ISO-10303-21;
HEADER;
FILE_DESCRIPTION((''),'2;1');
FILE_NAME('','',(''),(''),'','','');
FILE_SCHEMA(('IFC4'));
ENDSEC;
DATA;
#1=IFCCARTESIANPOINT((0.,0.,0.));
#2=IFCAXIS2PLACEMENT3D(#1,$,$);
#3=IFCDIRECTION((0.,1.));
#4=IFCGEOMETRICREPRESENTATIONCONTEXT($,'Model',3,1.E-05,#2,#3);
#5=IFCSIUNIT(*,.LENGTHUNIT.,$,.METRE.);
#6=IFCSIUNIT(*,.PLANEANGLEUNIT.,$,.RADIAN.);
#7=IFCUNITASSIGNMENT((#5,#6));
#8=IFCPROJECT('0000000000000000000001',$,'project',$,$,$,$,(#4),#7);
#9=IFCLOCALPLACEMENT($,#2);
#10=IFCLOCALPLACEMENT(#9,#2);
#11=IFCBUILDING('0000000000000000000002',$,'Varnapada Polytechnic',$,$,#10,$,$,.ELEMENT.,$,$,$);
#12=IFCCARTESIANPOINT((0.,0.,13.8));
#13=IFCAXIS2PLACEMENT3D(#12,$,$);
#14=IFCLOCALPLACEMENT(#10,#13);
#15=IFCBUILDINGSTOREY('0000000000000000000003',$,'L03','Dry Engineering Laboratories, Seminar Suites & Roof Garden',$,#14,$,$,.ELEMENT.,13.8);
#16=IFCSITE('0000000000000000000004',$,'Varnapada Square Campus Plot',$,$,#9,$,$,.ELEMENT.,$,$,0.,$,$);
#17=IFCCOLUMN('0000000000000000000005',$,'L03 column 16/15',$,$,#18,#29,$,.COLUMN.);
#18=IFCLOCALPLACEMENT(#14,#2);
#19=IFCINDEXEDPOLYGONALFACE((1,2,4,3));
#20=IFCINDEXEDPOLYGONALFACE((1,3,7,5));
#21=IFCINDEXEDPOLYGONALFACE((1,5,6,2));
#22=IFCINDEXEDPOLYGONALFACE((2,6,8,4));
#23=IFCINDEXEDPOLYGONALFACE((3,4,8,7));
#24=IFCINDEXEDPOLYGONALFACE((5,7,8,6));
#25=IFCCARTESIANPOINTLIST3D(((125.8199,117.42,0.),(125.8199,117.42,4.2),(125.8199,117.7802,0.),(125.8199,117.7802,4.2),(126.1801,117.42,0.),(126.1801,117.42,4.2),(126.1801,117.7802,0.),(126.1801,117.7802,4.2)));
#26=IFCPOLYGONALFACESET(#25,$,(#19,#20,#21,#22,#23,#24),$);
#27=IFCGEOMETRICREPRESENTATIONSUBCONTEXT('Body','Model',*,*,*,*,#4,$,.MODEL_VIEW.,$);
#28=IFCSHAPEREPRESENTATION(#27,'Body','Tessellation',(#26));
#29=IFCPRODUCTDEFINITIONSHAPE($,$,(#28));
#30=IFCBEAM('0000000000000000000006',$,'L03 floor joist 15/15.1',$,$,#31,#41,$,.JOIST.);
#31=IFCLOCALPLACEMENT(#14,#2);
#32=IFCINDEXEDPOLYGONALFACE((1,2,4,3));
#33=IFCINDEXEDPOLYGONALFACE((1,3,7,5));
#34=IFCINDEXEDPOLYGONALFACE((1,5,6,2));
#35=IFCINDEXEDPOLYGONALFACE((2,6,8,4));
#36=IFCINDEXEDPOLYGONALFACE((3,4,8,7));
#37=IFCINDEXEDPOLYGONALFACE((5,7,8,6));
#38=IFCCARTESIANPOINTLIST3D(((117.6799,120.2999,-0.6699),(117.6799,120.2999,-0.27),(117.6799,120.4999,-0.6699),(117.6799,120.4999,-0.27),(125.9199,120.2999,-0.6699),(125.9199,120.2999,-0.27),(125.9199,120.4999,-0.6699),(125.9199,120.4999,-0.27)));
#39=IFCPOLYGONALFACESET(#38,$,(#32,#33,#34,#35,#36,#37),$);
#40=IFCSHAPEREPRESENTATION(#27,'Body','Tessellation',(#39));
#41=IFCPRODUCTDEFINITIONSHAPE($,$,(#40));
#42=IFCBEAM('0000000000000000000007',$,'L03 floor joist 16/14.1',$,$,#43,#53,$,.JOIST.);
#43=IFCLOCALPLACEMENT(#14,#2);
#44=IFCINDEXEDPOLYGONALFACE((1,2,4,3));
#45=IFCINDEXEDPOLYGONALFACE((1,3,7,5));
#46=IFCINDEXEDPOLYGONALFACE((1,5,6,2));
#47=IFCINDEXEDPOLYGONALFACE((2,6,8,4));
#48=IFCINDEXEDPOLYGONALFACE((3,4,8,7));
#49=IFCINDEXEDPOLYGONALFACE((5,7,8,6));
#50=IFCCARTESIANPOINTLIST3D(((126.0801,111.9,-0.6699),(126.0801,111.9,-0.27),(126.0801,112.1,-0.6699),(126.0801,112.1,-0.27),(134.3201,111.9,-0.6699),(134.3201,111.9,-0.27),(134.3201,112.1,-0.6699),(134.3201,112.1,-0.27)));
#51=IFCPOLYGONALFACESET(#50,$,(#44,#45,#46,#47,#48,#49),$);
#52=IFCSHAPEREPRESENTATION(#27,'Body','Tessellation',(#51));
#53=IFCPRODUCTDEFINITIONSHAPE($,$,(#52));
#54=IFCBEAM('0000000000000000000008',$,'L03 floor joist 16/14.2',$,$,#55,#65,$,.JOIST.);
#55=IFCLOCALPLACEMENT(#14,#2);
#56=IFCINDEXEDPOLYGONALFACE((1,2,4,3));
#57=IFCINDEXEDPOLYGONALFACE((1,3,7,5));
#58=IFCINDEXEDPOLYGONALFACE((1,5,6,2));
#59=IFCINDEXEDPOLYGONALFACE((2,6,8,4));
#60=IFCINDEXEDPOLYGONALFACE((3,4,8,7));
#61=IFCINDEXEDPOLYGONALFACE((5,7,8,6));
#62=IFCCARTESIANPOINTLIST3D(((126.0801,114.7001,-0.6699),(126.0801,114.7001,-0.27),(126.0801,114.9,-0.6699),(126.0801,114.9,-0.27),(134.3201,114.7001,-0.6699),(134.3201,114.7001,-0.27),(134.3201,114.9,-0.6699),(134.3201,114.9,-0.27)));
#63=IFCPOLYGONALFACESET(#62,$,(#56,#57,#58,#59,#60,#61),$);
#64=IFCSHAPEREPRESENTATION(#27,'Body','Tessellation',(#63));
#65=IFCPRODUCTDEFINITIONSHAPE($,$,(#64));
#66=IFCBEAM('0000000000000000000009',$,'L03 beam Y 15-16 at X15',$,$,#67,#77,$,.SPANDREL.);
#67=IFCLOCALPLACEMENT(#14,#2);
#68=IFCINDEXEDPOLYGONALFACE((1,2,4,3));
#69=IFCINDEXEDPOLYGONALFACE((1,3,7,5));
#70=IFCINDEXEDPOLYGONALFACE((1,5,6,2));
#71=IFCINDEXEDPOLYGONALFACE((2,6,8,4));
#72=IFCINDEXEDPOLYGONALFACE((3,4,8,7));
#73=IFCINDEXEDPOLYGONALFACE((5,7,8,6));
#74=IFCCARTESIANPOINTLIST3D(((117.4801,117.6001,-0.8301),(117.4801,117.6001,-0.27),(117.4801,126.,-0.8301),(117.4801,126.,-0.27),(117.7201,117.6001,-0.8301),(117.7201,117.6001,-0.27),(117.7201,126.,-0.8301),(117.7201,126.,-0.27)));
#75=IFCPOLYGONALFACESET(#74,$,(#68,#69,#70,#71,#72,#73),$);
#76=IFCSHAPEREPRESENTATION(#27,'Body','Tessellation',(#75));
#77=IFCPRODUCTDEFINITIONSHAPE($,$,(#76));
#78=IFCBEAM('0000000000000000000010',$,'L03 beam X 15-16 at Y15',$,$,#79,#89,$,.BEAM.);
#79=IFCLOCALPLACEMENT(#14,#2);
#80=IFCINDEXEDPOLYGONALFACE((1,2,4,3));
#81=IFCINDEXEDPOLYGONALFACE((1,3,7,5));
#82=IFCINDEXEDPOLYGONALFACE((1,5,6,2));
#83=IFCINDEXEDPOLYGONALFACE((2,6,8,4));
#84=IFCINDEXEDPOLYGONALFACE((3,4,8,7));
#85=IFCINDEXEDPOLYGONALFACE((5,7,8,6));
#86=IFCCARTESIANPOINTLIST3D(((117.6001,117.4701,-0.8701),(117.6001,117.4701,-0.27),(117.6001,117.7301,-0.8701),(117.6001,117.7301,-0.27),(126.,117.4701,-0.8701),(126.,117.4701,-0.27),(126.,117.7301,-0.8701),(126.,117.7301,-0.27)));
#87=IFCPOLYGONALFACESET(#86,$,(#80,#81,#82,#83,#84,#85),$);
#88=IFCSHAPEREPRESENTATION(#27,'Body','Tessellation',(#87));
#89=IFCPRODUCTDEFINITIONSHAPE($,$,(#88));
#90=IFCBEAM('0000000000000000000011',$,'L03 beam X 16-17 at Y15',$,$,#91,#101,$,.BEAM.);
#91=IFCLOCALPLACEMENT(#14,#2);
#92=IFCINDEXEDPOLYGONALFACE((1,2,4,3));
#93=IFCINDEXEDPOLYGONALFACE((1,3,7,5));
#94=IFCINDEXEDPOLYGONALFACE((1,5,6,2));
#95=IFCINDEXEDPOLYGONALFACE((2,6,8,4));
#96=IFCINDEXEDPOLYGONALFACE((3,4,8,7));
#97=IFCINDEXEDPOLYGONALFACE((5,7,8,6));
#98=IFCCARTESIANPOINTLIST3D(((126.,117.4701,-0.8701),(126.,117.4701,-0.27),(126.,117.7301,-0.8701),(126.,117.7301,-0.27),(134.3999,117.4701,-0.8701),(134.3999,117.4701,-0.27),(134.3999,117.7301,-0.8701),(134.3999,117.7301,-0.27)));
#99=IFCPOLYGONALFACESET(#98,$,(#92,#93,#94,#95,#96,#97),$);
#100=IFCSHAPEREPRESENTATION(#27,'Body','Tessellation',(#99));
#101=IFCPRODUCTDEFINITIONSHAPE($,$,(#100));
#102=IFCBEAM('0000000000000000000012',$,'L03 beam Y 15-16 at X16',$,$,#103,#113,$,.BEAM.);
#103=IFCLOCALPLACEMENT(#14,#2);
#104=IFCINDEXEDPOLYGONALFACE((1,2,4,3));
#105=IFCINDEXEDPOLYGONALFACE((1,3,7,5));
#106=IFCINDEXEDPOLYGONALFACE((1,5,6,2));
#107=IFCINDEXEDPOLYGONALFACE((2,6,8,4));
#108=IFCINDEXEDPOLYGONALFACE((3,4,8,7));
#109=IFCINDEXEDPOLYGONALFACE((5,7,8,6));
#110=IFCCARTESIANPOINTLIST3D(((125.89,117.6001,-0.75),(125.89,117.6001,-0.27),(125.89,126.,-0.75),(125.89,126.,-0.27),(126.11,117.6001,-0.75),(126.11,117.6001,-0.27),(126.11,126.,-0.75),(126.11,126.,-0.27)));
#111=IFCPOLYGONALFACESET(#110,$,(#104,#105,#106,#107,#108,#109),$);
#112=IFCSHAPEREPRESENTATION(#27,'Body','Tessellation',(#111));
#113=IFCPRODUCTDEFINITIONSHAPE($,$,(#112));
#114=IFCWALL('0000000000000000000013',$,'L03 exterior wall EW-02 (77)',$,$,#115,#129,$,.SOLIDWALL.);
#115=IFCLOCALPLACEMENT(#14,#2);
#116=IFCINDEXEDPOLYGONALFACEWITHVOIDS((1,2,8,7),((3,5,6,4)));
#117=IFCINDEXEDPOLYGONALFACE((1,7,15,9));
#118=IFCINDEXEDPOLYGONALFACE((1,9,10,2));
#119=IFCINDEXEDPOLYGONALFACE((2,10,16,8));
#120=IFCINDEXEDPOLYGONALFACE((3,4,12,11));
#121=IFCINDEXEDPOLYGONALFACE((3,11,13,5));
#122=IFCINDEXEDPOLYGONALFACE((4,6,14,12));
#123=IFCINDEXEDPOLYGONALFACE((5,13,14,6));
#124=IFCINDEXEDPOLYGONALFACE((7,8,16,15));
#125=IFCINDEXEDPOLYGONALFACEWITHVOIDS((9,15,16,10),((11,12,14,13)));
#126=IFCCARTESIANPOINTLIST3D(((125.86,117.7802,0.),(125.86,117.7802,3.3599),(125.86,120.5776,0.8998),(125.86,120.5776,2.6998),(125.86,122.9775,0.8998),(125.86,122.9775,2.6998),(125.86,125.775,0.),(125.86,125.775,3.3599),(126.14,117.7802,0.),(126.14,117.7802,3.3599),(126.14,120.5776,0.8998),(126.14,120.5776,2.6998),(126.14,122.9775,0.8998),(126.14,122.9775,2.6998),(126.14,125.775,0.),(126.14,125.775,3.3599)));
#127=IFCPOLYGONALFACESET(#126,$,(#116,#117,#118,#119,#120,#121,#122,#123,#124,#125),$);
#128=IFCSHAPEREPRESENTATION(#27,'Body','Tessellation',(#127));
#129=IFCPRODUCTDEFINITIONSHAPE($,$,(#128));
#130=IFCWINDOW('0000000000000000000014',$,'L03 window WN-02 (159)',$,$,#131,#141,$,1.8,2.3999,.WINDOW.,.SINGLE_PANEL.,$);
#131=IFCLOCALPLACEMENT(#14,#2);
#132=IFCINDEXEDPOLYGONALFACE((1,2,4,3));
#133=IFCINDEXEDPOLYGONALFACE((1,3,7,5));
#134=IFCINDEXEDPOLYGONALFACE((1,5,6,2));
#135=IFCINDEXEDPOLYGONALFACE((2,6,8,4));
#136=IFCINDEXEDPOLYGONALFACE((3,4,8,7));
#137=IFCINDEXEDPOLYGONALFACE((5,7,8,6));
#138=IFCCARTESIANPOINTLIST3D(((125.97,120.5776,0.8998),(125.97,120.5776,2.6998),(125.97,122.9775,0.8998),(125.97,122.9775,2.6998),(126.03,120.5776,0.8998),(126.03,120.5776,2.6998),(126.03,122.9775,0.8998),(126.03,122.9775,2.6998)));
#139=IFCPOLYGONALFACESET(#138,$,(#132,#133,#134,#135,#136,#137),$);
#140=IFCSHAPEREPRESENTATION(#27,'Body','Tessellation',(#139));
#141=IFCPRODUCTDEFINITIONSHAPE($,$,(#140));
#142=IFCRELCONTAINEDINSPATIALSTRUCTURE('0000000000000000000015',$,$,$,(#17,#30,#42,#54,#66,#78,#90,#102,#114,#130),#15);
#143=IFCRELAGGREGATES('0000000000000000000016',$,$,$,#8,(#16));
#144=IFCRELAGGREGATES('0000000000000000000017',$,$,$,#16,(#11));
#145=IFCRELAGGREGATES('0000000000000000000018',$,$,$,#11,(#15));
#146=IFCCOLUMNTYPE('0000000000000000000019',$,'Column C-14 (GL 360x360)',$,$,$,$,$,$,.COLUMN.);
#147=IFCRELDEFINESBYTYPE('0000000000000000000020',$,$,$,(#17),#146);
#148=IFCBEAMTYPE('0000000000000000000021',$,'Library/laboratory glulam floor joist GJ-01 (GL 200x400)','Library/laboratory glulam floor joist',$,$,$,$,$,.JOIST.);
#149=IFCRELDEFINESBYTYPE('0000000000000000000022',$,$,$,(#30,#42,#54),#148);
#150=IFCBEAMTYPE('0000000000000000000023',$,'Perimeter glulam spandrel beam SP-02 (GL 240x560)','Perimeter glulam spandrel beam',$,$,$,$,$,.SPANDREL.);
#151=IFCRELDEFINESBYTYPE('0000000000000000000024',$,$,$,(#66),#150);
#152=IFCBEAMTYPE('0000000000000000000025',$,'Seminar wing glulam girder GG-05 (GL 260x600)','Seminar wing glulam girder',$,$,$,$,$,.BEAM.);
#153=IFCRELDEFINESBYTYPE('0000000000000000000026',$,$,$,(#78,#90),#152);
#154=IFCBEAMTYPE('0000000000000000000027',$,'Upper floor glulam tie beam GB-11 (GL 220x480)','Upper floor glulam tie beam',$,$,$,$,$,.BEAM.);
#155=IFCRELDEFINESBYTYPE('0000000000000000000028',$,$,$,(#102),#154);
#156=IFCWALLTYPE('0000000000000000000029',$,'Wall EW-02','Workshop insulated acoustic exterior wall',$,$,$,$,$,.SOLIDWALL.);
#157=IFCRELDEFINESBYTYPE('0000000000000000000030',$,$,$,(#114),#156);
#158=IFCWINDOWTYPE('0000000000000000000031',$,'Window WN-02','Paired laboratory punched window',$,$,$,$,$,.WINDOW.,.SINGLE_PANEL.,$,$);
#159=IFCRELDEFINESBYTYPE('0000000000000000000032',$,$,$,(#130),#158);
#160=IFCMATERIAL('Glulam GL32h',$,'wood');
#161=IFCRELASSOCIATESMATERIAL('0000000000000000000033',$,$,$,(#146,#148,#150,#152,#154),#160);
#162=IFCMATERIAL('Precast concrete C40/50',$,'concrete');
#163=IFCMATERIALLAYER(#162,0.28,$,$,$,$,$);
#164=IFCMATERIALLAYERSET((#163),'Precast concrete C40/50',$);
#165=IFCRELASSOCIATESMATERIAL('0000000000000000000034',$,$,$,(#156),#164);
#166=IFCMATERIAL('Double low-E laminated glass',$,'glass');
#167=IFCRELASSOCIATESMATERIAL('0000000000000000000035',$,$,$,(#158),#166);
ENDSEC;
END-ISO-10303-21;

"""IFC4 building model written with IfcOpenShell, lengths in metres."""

from ifc_helpers import new_model, si_unit, direction, frame, frame_2d, origin, origin_2d, place, context, subcontext, project, spatial, rectangle, extrude, material, layer, layer_set, material_profile, profile_set, type_object, element, fill, save


model = new_model("IFC4")

# Units and contexts
model_context = context("Model", 3, precision=1e-05, world=origin(), true_north=direction((0.0, 1.0)))
body_context = subcontext(model_context, "Body", "Model", "MODEL_VIEW")
ifc_project = project(units=[si_unit("LENGTHUNIT", "METRE"), si_unit("PLANEANGLEUNIT", "RADIAN")], contexts=[model_context])

# Site, building, storey
site_placement = place(None, origin())
site = spatial("IfcSite", under=ifc_project, at=site_placement, Name="Varnapada Square Campus Plot", CompositionType="ELEMENT", RefElevation=0.0)
building_placement = place(site_placement, origin())
building = spatial("IfcBuilding", under=site, at=building_placement, Name="Varnapada Polytechnic", CompositionType="ELEMENT")
storey_placement = place(building_placement, frame((0.0, 0.0, 13.8)))
storey = spatial("IfcBuildingStorey", under=building, at=storey_placement, Name="L03", Description="Dry Engineering Laboratories, Seminar Suites & Roof Garden", CompositionType="ELEMENT", Elevation=13.8)

# Column
ifc_material_1 = material(Name="Glulam GL32h", Category="wood")
ifc_material_profile_1 = material_profile(ifc_material_1, rectangle(XDim=0.3601, YDim=0.3601, at=origin_2d()), Name="GL 360x360")
ifc_profile_set_1 = profile_set([ifc_material_profile_1], Name="Glulam GL32h")
column_type = type_object("IfcColumnType", Name="Column C-14 (GL 360x360)", PredefinedType="COLUMN", material=ifc_profile_set_1)
column_placement = place(storey_placement, frame((126.0, 117.6001, 0.0), z_axis=(0.0, 0.0, 1.0), x_axis=(1.0, 0.0, 0.0)))
element("IfcColumn", 1, at=column_placement, inside=storey, type_object=column_type, Name="L03 column 16/15", PredefinedType="COLUMN", context=body_context, shape_type="SweptSolid", body=[
    extrude(rectangle(XDim=0.3601, YDim=0.3601, at=origin_2d()), origin(), (0.0, 0.0, 1.0), 4.2),
])

# Beams
ifc_material_profile_2 = material_profile(ifc_material_1, rectangle(XDim=0.2, YDim=0.3999, at=origin_2d()), Name="GL 200x400")
ifc_profile_set_2 = profile_set([ifc_material_profile_2], Name="Glulam GL32h")
beam_type_1 = type_object("IfcBeamType", Name="Library/laboratory glulam floor joist GJ-01 (GL 200x400)", Description="Library/laboratory glulam floor joist", PredefinedType="JOIST", material=ifc_profile_set_2)
for number, where, z_axis, x_axis, name in (
    (2, (117.6799, 120.3999, -0.47), (1.0, 0.0, 0.0), (0.0, 1.0, 0.0), "L03 floor joist 15/15.1"),
    (3, (126.0801, 112.0, -0.47), (1.0, 0.0, 0.0), (0.0, 1.0, 0.0), "L03 floor joist 16/14.1"),
    (4, (126.0801, 114.8, -0.47), (1.0, 0.0, 0.0), (0.0, 1.0, 0.0), "L03 floor joist 16/14.2"),
):
    element("IfcBeam", number, at=place(storey_placement, frame(where, z_axis=z_axis, x_axis=x_axis)), inside=storey, type_object=beam_type_1, Name=name, PredefinedType="JOIST", context=body_context, shape_type="SweptSolid", body=[
        extrude(rectangle(XDim=0.2, YDim=0.3999, at=origin_2d()), origin(), (0.0, 0.0, 1.0), 8.24),
    ])
ifc_material_profile_3 = material_profile(ifc_material_1, rectangle(XDim=0.24, YDim=0.5601, at=origin_2d()), Name="GL 240x560")
ifc_profile_set_3 = profile_set([ifc_material_profile_3], Name="Glulam GL32h")
beam_type_2 = type_object("IfcBeamType", Name="Perimeter glulam spandrel beam SP-02 (GL 240x560)", Description="Perimeter glulam spandrel beam", PredefinedType="SPANDREL", material=ifc_profile_set_3)
beam_1_placement = place(storey_placement, frame((117.6001, 117.6001, -0.55), z_axis=(0.0, 1.0, 0.0), x_axis=(-1.0, 0.0, 0.0)))
element("IfcBeam", 5, at=beam_1_placement, inside=storey, type_object=beam_type_2, Name="L03 beam Y 15-16 at X15", PredefinedType="SPANDREL", context=body_context, shape_type="SweptSolid", body=[
    extrude(rectangle(XDim=0.24, YDim=0.5601, at=origin_2d()), origin(), (0.0, 0.0, 1.0), 8.3999),
])
ifc_material_profile_4 = material_profile(ifc_material_1, rectangle(XDim=0.26, YDim=0.6001, at=origin_2d()), Name="GL 260x600")
ifc_profile_set_4 = profile_set([ifc_material_profile_4], Name="Glulam GL32h")
beam_type_3 = type_object("IfcBeamType", Name="Seminar wing glulam girder GG-05 (GL 260x600)", Description="Seminar wing glulam girder", PredefinedType="BEAM", material=ifc_profile_set_4)
for number, where, z_axis, x_axis, name in (
    (6, (117.6001, 117.6001, -0.5701), (1.0, 0.0, 0.0), (0.0, 1.0, 0.0), "L03 beam X 15-16 at Y15"),
    (7, (126.0, 117.6001, -0.5701), (1.0, 0.0, 0.0), (0.0, 1.0, 0.0), "L03 beam X 16-17 at Y15"),
):
    element("IfcBeam", number, at=place(storey_placement, frame(where, z_axis=z_axis, x_axis=x_axis)), inside=storey, type_object=beam_type_3, Name=name, PredefinedType="BEAM", context=body_context, shape_type="SweptSolid", body=[
        extrude(rectangle(XDim=0.26, YDim=0.6001, at=origin_2d()), origin(), (0.0, 0.0, 1.0), 8.3999),
    ])
ifc_material_profile_5 = material_profile(ifc_material_1, rectangle(XDim=0.22, YDim=0.48, at=origin_2d()), Name="GL 220x480")
ifc_profile_set_5 = profile_set([ifc_material_profile_5], Name="Glulam GL32h")
beam_type_4 = type_object("IfcBeamType", Name="Upper floor glulam tie beam GB-11 (GL 220x480)", Description="Upper floor glulam tie beam", PredefinedType="BEAM", material=ifc_profile_set_5)
beam_2_placement = place(storey_placement, frame((126.0, 117.6001, -0.51), z_axis=(0.0, 1.0, 0.0), x_axis=(-1.0, 0.0, 0.0)))
element("IfcBeam", 8, at=beam_2_placement, inside=storey, type_object=beam_type_4, Name="L03 beam Y 15-16 at X16", PredefinedType="BEAM", context=body_context, shape_type="SweptSolid", body=[
    extrude(rectangle(XDim=0.22, YDim=0.48, at=origin_2d()), origin(), (0.0, 0.0, 1.0), 8.3999),
])

# Wall, opening, window
ifc_material_2 = material(Name="Precast concrete C40/50", Category="concrete")
ifc_layer_1 = layer(ifc_material_2, 0.28)
ifc_layer_set_1 = layer_set([ifc_layer_1], Name="Precast concrete C40/50")
wall_type = type_object("IfcWallType", Name="Wall EW-02", Description="Workshop insulated acoustic exterior wall", PredefinedType="SOLIDWALL", material=ifc_layer_set_1)
wall_placement = place(storey_placement, frame((126.0, 117.78, 0.0), z_axis=(0.0, 0.0, 1.0), x_axis=(0.0, 1.0, 0.0)))
wall = element("IfcWall", 9, at=wall_placement, inside=storey, type_object=wall_type, Name="L03 exterior wall EW-02 (77)", PredefinedType="SOLIDWALL", context=body_context, shape_type="SweptSolid", body=[
    extrude(rectangle(XDim=7.9949, YDim=0.28, at=frame_2d((3.9976, 0.0))), origin(), (0.0, 0.0, 1.0), 3.3599),
])
opening_1_placement = place(wall_placement, frame((2.7976, 0.0, 0.8999)))
opening_1 = element("IfcOpeningElement", 10, at=opening_1_placement, cuts=wall, PredefinedType="OPENING", context=body_context, shape_type="SweptSolid", body=[
    extrude(rectangle(XDim=2.3999, YDim=1.8, at=frame_2d((1.2, 0.8999))), frame((0.0, 0.1499, 0.0), z_axis=(0.0, -1.0, 0.0), x_axis=(1.0, 0.0, 0.0)), (0.0, 0.0, 1.0), 0.3),
])
ifc_material_3 = material(Name="Double low-E laminated glass", Category="glass")
window_type = type_object("IfcWindowType", Name="Window WN-02", Description="Paired laboratory punched window", PartitioningType="SINGLE_PANEL", PredefinedType="WINDOW", material=ifc_material_3)
window_placement = place(opening_1_placement, origin())
window = element("IfcWindow", 11, at=window_placement, inside=storey, type_object=window_type, Name="L03 window WN-02 (159)", OverallHeight=1.8, OverallWidth=2.3999, PartitioningType="SINGLE_PANEL", PredefinedType="WINDOW", context=body_context, shape_type="SweptSolid", body=[
    extrude(rectangle(XDim=2.3999, YDim=1.8, at=frame_2d((1.2, 0.8999))), frame((0.0, 0.03, 0.0), z_axis=(0.0, -1.0, 0.0), x_axis=(1.0, 0.0, 0.0)), (0.0, 0.0, 1.0), 0.0601),
])
fill(opening_1, window)

save(model, "model.ifc")
